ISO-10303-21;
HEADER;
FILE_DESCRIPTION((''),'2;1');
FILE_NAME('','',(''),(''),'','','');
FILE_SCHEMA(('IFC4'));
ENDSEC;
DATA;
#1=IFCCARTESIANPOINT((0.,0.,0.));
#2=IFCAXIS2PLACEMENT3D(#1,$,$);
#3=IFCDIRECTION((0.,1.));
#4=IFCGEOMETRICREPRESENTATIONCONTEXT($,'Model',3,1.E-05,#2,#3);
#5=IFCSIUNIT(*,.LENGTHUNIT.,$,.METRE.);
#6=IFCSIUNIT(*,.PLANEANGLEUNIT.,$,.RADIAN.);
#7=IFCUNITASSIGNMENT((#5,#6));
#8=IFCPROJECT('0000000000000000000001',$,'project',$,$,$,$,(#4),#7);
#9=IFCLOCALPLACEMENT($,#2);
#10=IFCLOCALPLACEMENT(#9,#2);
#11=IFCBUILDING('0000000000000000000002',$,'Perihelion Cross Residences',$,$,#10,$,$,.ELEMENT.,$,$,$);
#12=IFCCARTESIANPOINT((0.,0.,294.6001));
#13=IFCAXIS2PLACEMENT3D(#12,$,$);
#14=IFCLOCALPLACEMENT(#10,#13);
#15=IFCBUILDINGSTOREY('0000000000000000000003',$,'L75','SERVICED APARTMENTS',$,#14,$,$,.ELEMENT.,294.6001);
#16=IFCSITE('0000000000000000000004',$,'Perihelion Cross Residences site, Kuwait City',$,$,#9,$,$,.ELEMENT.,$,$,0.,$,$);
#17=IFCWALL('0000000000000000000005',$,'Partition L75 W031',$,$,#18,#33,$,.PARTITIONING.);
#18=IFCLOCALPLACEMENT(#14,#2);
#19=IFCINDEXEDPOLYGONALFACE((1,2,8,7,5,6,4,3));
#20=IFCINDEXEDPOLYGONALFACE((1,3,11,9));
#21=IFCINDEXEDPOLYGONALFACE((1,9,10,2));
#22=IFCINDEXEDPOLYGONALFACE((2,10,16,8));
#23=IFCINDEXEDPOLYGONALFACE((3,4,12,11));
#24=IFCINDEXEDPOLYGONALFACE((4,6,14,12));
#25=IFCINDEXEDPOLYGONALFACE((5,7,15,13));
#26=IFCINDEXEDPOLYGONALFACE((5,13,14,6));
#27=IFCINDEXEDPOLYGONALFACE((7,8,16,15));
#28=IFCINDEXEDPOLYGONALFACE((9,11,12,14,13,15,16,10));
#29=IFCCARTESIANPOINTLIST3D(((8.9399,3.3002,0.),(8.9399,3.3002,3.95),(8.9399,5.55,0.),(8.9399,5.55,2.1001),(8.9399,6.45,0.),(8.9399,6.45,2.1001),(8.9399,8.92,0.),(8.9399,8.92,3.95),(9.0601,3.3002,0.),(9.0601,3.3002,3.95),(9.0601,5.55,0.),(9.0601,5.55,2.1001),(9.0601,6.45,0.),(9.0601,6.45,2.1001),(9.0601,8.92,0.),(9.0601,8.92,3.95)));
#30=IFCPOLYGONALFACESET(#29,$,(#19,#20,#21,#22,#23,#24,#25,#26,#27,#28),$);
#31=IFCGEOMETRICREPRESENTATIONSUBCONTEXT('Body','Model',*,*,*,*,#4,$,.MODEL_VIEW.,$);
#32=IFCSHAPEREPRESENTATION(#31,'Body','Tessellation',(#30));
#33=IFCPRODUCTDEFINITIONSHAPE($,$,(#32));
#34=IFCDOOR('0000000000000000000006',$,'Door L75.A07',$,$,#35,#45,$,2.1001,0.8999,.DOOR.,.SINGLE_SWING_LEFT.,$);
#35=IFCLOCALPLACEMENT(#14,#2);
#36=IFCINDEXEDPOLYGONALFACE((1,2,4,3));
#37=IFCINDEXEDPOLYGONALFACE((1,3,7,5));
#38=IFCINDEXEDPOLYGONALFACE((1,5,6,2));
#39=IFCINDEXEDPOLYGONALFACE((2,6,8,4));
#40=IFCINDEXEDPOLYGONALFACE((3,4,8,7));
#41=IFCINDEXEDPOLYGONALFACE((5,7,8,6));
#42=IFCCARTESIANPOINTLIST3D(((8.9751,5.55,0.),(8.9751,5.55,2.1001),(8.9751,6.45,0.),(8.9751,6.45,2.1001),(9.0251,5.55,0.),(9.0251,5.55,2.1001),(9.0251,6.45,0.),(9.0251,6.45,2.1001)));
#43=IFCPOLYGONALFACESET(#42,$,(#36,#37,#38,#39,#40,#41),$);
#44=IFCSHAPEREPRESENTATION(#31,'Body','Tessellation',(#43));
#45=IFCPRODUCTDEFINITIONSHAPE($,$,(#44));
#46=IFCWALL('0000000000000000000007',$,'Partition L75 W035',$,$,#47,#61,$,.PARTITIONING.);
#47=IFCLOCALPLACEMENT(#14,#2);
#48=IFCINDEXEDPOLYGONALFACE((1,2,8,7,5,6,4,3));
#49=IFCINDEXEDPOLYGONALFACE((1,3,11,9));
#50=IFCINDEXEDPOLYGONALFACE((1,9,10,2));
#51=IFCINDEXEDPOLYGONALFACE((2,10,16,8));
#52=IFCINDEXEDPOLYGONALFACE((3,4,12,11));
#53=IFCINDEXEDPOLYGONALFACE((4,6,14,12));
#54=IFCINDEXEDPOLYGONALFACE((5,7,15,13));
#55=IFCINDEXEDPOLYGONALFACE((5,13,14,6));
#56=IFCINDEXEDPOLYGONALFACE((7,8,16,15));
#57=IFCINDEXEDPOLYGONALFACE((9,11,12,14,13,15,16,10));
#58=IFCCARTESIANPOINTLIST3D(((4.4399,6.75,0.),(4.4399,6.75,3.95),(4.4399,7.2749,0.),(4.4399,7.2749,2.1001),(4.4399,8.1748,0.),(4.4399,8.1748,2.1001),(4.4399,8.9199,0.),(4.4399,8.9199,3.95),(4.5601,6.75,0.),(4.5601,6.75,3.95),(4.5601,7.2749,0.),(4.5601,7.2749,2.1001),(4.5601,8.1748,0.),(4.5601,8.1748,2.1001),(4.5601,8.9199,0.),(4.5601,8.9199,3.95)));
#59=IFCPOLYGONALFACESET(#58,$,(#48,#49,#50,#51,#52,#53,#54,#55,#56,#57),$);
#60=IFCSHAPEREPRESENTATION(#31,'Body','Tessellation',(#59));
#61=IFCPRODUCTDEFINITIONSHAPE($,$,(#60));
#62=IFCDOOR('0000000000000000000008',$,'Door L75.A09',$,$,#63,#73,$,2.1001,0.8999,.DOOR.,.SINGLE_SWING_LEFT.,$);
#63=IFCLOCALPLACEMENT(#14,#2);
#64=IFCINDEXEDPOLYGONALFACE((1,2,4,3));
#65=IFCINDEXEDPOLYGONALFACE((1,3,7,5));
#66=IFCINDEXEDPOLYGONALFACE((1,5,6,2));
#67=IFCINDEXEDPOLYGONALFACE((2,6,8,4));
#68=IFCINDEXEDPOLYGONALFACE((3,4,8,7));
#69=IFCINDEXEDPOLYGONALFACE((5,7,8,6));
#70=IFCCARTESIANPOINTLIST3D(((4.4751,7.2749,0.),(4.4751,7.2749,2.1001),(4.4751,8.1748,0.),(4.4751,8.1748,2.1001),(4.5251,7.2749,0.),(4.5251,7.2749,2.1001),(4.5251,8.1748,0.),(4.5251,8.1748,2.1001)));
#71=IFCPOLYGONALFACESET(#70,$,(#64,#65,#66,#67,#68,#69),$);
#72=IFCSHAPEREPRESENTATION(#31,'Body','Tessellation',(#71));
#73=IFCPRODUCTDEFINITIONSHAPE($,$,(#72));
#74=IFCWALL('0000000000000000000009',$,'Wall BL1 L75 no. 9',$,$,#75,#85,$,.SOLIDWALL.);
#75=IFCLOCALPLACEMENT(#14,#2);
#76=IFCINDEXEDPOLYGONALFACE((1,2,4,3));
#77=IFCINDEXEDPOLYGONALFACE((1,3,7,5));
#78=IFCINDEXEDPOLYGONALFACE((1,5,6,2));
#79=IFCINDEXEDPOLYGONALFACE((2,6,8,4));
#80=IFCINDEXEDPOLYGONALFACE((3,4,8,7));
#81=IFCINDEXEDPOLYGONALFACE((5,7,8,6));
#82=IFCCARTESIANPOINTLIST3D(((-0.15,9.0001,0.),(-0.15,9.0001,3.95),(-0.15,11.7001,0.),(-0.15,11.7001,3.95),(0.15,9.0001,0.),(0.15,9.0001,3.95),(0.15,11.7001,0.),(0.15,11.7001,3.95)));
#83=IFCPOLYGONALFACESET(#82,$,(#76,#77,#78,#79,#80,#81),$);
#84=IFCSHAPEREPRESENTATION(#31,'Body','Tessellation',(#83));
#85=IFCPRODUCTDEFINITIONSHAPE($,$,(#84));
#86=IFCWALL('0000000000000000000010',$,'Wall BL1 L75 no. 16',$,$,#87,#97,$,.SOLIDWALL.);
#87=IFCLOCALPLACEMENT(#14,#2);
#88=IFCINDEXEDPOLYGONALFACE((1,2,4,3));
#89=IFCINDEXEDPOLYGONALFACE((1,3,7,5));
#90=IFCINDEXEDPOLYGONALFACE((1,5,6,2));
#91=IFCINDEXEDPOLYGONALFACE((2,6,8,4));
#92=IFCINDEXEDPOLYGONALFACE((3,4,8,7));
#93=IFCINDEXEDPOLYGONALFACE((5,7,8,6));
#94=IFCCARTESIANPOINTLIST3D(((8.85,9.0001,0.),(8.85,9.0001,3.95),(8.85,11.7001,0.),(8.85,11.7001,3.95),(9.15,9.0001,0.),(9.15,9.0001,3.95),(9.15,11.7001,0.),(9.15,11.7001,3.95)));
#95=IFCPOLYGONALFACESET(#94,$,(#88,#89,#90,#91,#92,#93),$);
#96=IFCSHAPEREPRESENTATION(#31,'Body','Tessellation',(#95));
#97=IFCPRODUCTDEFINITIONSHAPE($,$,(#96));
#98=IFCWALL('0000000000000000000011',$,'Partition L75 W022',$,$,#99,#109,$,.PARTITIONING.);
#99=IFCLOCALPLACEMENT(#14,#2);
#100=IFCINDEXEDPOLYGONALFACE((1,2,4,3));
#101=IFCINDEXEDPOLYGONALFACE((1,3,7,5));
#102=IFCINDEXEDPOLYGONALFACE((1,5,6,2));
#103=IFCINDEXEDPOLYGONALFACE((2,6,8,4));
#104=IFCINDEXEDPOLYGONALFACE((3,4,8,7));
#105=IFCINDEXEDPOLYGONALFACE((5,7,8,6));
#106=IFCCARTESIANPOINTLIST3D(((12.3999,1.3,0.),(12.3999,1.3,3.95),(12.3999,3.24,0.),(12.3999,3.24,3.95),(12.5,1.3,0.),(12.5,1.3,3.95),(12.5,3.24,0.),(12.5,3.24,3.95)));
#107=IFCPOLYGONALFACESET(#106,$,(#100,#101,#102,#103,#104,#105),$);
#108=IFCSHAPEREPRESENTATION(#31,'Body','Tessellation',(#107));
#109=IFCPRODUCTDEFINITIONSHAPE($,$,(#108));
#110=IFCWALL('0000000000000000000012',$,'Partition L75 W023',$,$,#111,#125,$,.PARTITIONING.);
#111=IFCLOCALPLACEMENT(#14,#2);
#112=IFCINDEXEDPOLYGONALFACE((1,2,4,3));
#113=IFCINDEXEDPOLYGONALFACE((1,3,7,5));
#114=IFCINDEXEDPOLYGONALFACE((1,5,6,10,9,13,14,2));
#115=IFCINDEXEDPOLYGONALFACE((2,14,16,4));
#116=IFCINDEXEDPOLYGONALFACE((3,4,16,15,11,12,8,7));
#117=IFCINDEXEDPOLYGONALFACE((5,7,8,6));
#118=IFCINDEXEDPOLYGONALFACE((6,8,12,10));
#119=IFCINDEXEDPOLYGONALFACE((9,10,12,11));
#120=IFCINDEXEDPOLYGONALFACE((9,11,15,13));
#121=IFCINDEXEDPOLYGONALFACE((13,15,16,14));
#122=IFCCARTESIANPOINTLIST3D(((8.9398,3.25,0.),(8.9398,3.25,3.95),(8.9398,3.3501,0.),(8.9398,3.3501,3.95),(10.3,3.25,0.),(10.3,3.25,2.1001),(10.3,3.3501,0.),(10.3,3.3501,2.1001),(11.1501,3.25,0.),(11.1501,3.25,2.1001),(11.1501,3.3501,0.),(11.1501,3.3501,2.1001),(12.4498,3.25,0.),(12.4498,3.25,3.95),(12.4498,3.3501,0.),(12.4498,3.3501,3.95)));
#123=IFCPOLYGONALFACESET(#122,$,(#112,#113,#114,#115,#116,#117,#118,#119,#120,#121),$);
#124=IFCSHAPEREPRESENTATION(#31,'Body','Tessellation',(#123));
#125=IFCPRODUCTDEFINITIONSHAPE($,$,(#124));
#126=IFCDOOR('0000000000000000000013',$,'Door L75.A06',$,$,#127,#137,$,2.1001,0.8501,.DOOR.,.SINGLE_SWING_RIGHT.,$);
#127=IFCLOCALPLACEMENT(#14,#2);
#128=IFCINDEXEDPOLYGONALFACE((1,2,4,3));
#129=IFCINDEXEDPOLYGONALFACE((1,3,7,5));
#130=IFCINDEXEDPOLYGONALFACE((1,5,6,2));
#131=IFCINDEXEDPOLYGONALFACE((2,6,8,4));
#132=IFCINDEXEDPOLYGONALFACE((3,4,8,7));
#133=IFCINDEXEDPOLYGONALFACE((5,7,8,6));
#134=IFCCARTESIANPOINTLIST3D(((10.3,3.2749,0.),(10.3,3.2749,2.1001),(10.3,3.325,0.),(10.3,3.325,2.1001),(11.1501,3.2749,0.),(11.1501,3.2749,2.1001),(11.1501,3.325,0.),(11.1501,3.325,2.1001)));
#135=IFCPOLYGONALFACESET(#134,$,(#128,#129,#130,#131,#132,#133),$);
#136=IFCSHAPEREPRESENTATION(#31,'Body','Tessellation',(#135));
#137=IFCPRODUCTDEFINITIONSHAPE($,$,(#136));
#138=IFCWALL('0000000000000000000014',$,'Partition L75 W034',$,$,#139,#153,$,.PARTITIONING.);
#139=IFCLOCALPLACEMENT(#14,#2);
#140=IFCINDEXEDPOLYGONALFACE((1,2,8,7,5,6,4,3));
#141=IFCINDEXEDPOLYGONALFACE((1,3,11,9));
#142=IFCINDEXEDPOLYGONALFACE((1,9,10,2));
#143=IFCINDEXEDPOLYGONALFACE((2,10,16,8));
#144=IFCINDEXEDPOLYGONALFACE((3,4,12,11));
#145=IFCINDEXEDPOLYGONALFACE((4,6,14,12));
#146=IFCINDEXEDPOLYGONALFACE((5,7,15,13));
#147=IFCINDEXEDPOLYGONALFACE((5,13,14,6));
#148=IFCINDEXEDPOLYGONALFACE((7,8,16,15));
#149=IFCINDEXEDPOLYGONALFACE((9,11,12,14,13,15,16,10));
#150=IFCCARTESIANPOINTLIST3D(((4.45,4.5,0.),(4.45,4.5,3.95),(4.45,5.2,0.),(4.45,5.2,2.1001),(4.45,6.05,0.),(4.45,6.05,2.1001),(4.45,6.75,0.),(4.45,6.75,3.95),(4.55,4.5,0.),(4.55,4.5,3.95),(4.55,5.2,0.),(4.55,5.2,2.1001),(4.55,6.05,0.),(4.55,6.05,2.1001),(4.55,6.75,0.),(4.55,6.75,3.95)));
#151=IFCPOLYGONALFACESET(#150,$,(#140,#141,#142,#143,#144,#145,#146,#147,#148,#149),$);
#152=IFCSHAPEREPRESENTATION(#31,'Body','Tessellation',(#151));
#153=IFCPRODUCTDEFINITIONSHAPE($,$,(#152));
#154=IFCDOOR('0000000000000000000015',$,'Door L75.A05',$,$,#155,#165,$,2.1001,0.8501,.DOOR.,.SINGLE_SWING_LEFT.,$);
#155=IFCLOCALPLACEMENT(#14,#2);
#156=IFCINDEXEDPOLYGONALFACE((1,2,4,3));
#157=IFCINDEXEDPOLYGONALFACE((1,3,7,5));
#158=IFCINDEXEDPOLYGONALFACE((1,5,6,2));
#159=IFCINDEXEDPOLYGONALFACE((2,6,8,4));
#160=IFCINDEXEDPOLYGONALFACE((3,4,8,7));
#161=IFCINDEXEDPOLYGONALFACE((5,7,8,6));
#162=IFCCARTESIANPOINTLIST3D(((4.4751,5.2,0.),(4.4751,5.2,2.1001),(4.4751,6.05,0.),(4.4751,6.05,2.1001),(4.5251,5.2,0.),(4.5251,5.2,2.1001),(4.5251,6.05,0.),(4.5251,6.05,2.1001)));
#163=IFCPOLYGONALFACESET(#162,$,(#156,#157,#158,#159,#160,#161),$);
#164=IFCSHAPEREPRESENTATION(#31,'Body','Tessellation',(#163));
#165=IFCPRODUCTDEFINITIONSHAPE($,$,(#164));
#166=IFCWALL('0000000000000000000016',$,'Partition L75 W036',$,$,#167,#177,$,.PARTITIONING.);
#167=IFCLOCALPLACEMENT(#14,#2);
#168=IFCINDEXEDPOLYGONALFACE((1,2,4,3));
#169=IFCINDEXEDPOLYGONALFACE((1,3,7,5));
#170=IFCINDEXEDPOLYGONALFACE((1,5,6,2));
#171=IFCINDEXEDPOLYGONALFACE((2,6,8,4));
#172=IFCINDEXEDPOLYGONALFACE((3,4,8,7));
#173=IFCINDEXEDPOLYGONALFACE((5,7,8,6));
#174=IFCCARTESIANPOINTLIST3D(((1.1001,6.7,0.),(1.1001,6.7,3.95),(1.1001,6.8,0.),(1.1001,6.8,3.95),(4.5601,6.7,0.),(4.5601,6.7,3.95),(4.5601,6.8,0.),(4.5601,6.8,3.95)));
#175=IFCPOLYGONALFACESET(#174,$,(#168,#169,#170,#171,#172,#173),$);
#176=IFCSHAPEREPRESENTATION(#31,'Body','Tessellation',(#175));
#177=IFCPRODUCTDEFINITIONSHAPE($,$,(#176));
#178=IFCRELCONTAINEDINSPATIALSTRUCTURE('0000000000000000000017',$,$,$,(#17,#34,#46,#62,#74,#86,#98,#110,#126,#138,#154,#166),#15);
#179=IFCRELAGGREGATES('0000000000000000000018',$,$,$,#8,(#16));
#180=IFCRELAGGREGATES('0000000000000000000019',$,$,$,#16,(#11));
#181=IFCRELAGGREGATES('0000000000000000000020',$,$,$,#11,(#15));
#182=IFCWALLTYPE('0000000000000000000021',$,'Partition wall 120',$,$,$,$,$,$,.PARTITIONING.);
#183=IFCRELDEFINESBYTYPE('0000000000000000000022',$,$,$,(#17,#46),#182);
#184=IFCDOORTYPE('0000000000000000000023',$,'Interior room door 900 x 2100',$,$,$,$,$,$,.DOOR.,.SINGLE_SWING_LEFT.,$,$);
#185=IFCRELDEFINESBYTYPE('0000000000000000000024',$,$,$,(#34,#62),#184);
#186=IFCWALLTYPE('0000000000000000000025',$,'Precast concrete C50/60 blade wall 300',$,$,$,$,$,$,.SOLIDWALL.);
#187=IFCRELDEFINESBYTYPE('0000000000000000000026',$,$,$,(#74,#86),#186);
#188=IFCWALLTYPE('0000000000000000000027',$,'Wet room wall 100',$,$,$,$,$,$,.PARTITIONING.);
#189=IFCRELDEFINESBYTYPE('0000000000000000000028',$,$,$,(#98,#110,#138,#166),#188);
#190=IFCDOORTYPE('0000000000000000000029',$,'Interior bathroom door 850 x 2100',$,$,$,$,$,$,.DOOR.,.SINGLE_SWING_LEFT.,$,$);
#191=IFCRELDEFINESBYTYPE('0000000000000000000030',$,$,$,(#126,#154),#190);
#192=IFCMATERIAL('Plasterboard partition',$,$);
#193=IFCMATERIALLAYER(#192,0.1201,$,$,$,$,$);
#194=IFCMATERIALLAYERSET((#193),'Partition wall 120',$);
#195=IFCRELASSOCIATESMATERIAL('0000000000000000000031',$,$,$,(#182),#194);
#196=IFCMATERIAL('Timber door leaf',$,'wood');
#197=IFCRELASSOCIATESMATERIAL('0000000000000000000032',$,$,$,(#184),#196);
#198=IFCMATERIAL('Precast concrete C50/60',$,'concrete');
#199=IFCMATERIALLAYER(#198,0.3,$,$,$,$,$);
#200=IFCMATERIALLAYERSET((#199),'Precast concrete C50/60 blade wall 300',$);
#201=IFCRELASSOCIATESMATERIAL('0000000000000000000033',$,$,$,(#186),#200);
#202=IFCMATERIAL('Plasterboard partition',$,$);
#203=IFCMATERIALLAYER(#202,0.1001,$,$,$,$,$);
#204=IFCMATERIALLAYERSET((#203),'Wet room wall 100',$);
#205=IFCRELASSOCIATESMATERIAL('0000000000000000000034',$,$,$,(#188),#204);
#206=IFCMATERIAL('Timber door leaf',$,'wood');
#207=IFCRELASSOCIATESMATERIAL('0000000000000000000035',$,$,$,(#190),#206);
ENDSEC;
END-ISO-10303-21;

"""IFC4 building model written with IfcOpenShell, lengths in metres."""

from ifc_helpers import new_model, si_unit, direction, frame, frame_2d, origin, place, context, subcontext, project, spatial, rectangle, extrude, material, layer, layer_set, type_object, element, fill, save


model = new_model("IFC4")

# Units and contexts
model_context = context("Model", 3, precision=1e-05, world=origin(), true_north=direction((0.0, 1.0)))
body_context = subcontext(model_context, "Body", "Model", "MODEL_VIEW")
ifc_project = project(units=[si_unit("LENGTHUNIT", "METRE"), si_unit("PLANEANGLEUNIT", "RADIAN")], contexts=[model_context])

# Site, building, storey
site_placement = place(None, origin())
site = spatial("IfcSite", under=ifc_project, at=site_placement, Name="Perihelion Cross Residences site, Kuwait City", CompositionType="ELEMENT", RefElevation=0.0)
building_placement = place(site_placement, origin())
building = spatial("IfcBuilding", under=site, at=building_placement, Name="Perihelion Cross Residences", CompositionType="ELEMENT")
storey_placement = place(building_placement, frame((0.0, 0.0, 294.6001)))
storey = spatial("IfcBuildingStorey", under=building, at=storey_placement, Name="L75", Description="SERVICED APARTMENTS", CompositionType="ELEMENT", Elevation=294.6001)

# Walls, openings, doors
ifc_material_1 = material(Name="Plasterboard partition")
ifc_layer_1 = layer(ifc_material_1, 0.1201)
ifc_layer_set_1 = layer_set([ifc_layer_1], Name="Partition wall 120")
wall_type_1 = type_object("IfcWallType", Name="Partition wall 120", PredefinedType="PARTITIONING", material=ifc_layer_set_1)
ifc_material_2 = material(Name="Timber door leaf", Category="wood")
door_type_1 = type_object("IfcDoorType", Name="Interior room door 900 x 2100", OperationType="SINGLE_SWING_LEFT", PredefinedType="DOOR", material=ifc_material_2)
wall_1_placement = place(storey_placement, frame((9.0, 3.3, 0.0), z_axis=(0.0, 0.0, 1.0), x_axis=(0.0, 1.0, 0.0)))
wall_1 = element("IfcWall", 1, at=wall_1_placement, inside=storey, type_object=wall_type_1, Name="Partition L75 W031", PredefinedType="PARTITIONING", context=body_context, shape_type="SweptSolid", body=[
    extrude(rectangle(XDim=5.6199, YDim=0.1201, at=frame_2d((2.8101, 0.0))), origin(), (0.0, 0.0, 1.0), 3.95),
])
opening_1_placement = place(wall_1_placement, frame((2.25, 0.0, 0.0)))
opening_1 = element("IfcOpeningElement", 2, at=opening_1_placement, cuts=wall_1, PredefinedType="OPENING", context=body_context, shape_type="SweptSolid", body=[
    extrude(rectangle(XDim=0.8999, YDim=2.1001, at=frame_2d((0.45, 1.05))), frame((0.0, 0.0701, 0.0), z_axis=(0.0, -1.0, 0.0), x_axis=(1.0, 0.0, 0.0)), (0.0, 0.0, 1.0), 0.1401),
])
door_1_placement = place(opening_1_placement, origin())
door_1 = element("IfcDoor", 3, at=door_1_placement, inside=storey, type_object=door_type_1, Name="Door L75.A07", OperationType="SINGLE_SWING_LEFT", OverallHeight=2.1001, OverallWidth=0.8999, PredefinedType="DOOR", context=body_context, shape_type="SweptSolid", body=[
    extrude(rectangle(XDim=0.8999, YDim=2.1001, at=frame_2d((0.45, 1.05))), frame((0.0, 0.0249, 0.0), z_axis=(0.0, -1.0, 0.0), x_axis=(1.0, 0.0, 0.0)), (0.0, 0.0, 1.0), 0.05),
])
fill(opening_1, door_1)
wall_2_placement = place(storey_placement, frame((4.5, 6.75, 0.0), z_axis=(0.0, 0.0, 1.0), x_axis=(0.0, 1.0, 0.0)))
wall_2 = element("IfcWall", 4, at=wall_2_placement, inside=storey, type_object=wall_type_1, Name="Partition L75 W035", PredefinedType="PARTITIONING", context=body_context, shape_type="SweptSolid", body=[
    extrude(rectangle(XDim=2.1699, YDim=0.1201, at=frame_2d((1.085, 0.0))), origin(), (0.0, 0.0, 1.0), 3.95),
])
opening_2_placement = place(wall_2_placement, frame((0.5249, 0.0, 0.0)))
opening_2 = element("IfcOpeningElement", 5, at=opening_2_placement, cuts=wall_2, PredefinedType="OPENING", context=body_context, shape_type="SweptSolid", body=[
    extrude(rectangle(XDim=0.8999, YDim=2.1001, at=frame_2d((0.45, 1.05))), frame((0.0, 0.0701, 0.0), z_axis=(0.0, -1.0, 0.0), x_axis=(1.0, 0.0, 0.0)), (0.0, 0.0, 1.0), 0.1401),
])
door_2_placement = place(opening_2_placement, origin())
door_2 = element("IfcDoor", 6, at=door_2_placement, inside=storey, type_object=door_type_1, Name="Door L75.A09", OperationType="SINGLE_SWING_LEFT", OverallHeight=2.1001, OverallWidth=0.8999, PredefinedType="DOOR", context=body_context, shape_type="SweptSolid", body=[
    extrude(rectangle(XDim=0.8999, YDim=2.1001, at=frame_2d((0.45, 1.05))), frame((0.0, 0.0249, 0.0), z_axis=(0.0, -1.0, 0.0), x_axis=(1.0, 0.0, 0.0)), (0.0, 0.0, 1.0), 0.05),
])
fill(opening_2, door_2)

# Walls
ifc_material_3 = material(Name="Precast concrete C50/60", Category="concrete")
ifc_layer_2 = layer(ifc_material_3, 0.3)
ifc_layer_set_2 = layer_set([ifc_layer_2], Name="Precast concrete C50/60 blade wall 300")
wall_type_2 = type_object("IfcWallType", Name="Precast concrete C50/60 blade wall 300", PredefinedType="SOLIDWALL", material=ifc_layer_set_2)
for number, where, z_axis, x_axis, name in (
    (7, (0.0, 9.0, 0.0), (0.0, 0.0, 1.0), (0.0, 1.0, 0.0), "Wall BL1 L75 no. 9"),
    (8, (9.0, 9.0, 0.0), (0.0, 0.0, 1.0), (0.0, 1.0, 0.0), "Wall BL1 L75 no. 16"),
):
    element("IfcWall", number, at=place(storey_placement, frame(where, z_axis=z_axis, x_axis=x_axis)), inside=storey, type_object=wall_type_2, Name=name, PredefinedType="SOLIDWALL", context=body_context, shape_type="SweptSolid", body=[
        extrude(rectangle(XDim=2.7, YDim=0.3, at=frame_2d((1.3501, 0.0))), origin(), (0.0, 0.0, 1.0), 3.95),
    ])
ifc_material_4 = material(Name="Plasterboard partition")
ifc_layer_3 = layer(ifc_material_4, 0.1001)
ifc_layer_set_3 = layer_set([ifc_layer_3], Name="Wet room wall 100")
wall_type_3 = type_object("IfcWallType", Name="Wet room wall 100", PredefinedType="PARTITIONING", material=ifc_layer_set_3)
wall_3_placement = place(storey_placement, frame((12.45, 3.24, 0.0), z_axis=(0.0, 0.0, 1.0), x_axis=(0.0, -1.0, 0.0)))
element("IfcWall", 9, at=wall_3_placement, inside=storey, type_object=wall_type_3, Name="Partition L75 W022", PredefinedType="PARTITIONING", context=body_context, shape_type="SweptSolid", body=[
    extrude(rectangle(XDim=1.9399, YDim=0.1001, at=frame_2d((0.97, 0.0))), origin(), (0.0, 0.0, 1.0), 3.95),
])

# Walls, openings, doors
wall_4_placement = place(storey_placement, frame((8.9399, 3.3, 0.0), z_axis=(0.0, 0.0, 1.0), x_axis=(1.0, 0.0, 0.0)))
wall_4 = element("IfcWall", 10, at=wall_4_placement, inside=storey, type_object=wall_type_3, Name="Partition L75 W023", PredefinedType="PARTITIONING", context=body_context, shape_type="SweptSolid", body=[
    extrude(rectangle(XDim=3.51, YDim=0.1001, at=frame_2d((1.7549, 0.0))), origin(), (0.0, 0.0, 1.0), 3.95),
])
opening_3_placement = place(wall_4_placement, frame((1.3601, 0.0, 0.0)))
opening_3 = element("IfcOpeningElement", 11, at=opening_3_placement, cuts=wall_4, PredefinedType="OPENING", context=body_context, shape_type="SweptSolid", body=[
    extrude(rectangle(XDim=0.8501, YDim=2.1001, at=frame_2d((0.425, 1.05))), frame((0.0, 0.0601, 0.0), z_axis=(0.0, -1.0, 0.0), x_axis=(1.0, 0.0, 0.0)), (0.0, 0.0, 1.0), 0.1201),
])
ifc_material_5 = material(Name="Timber door leaf", Category="wood")
door_type_2 = type_object("IfcDoorType", Name="Interior bathroom door 850 x 2100", OperationType="SINGLE_SWING_LEFT", PredefinedType="DOOR", material=ifc_material_5)
door_3_placement = place(opening_3_placement, origin())
door_3 = element("IfcDoor", 12, at=door_3_placement, inside=storey, type_object=door_type_2, Name="Door L75.A06", OperationType="SINGLE_SWING_RIGHT", OverallHeight=2.1001, OverallWidth=0.8501, PredefinedType="DOOR", context=body_context, shape_type="SweptSolid", body=[
    extrude(rectangle(XDim=0.8501, YDim=2.1001, at=frame_2d((0.425, 1.05))), frame((0.0, 0.0249, 0.0), z_axis=(0.0, -1.0, 0.0), x_axis=(1.0, 0.0, 0.0)), (0.0, 0.0, 1.0), 0.05),
])
fill(opening_3, door_3)
wall_5_placement = place(storey_placement, frame((4.5, 4.5, 0.0), z_axis=(0.0, 0.0, 1.0), x_axis=(0.0, 1.0, 0.0)))
wall_5 = element("IfcWall", 13, at=wall_5_placement, inside=storey, type_object=wall_type_3, Name="Partition L75 W034", PredefinedType="PARTITIONING", context=body_context, shape_type="SweptSolid", body=[
    extrude(rectangle(XDim=2.25, YDim=0.1001, at=frame_2d((1.125, 0.0))), origin(), (0.0, 0.0, 1.0), 3.95),
])
opening_4_placement = place(wall_5_placement, frame((0.7, 0.0, 0.0)))
opening_4 = element("IfcOpeningElement", 14, at=opening_4_placement, cuts=wall_5, PredefinedType="OPENING", context=body_context, shape_type="SweptSolid", body=[
    extrude(rectangle(XDim=0.8501, YDim=2.1001, at=frame_2d((0.425, 1.05))), frame((0.0, 0.0601, 0.0), z_axis=(0.0, -1.0, 0.0), x_axis=(1.0, 0.0, 0.0)), (0.0, 0.0, 1.0), 0.1201),
])
door_4_placement = place(opening_4_placement, origin())
door_4 = element("IfcDoor", 15, at=door_4_placement, inside=storey, type_object=door_type_2, Name="Door L75.A05", OperationType="SINGLE_SWING_LEFT", OverallHeight=2.1001, OverallWidth=0.8501, PredefinedType="DOOR", context=body_context, shape_type="SweptSolid", body=[
    extrude(rectangle(XDim=0.8501, YDim=2.1001, at=frame_2d((0.425, 1.05))), frame((0.0, 0.0249, 0.0), z_axis=(0.0, -1.0, 0.0), x_axis=(1.0, 0.0, 0.0)), (0.0, 0.0, 1.0), 0.05),
])
fill(opening_4, door_4)

# Wall
wall_6_placement = place(storey_placement, frame((1.1001, 6.75, 0.0), z_axis=(0.0, 0.0, 1.0), x_axis=(1.0, 0.0, 0.0)))
element("IfcWall", 16, at=wall_6_placement, inside=storey, type_object=wall_type_3, Name="Partition L75 W036", PredefinedType="PARTITIONING", context=body_context, shape_type="SweptSolid", body=[
    extrude(rectangle(XDim=3.46, YDim=0.1001, at=frame_2d((1.73, 0.0))), origin(), (0.0, 0.0, 1.0), 3.95),
])

save(model, "model.ifc")
